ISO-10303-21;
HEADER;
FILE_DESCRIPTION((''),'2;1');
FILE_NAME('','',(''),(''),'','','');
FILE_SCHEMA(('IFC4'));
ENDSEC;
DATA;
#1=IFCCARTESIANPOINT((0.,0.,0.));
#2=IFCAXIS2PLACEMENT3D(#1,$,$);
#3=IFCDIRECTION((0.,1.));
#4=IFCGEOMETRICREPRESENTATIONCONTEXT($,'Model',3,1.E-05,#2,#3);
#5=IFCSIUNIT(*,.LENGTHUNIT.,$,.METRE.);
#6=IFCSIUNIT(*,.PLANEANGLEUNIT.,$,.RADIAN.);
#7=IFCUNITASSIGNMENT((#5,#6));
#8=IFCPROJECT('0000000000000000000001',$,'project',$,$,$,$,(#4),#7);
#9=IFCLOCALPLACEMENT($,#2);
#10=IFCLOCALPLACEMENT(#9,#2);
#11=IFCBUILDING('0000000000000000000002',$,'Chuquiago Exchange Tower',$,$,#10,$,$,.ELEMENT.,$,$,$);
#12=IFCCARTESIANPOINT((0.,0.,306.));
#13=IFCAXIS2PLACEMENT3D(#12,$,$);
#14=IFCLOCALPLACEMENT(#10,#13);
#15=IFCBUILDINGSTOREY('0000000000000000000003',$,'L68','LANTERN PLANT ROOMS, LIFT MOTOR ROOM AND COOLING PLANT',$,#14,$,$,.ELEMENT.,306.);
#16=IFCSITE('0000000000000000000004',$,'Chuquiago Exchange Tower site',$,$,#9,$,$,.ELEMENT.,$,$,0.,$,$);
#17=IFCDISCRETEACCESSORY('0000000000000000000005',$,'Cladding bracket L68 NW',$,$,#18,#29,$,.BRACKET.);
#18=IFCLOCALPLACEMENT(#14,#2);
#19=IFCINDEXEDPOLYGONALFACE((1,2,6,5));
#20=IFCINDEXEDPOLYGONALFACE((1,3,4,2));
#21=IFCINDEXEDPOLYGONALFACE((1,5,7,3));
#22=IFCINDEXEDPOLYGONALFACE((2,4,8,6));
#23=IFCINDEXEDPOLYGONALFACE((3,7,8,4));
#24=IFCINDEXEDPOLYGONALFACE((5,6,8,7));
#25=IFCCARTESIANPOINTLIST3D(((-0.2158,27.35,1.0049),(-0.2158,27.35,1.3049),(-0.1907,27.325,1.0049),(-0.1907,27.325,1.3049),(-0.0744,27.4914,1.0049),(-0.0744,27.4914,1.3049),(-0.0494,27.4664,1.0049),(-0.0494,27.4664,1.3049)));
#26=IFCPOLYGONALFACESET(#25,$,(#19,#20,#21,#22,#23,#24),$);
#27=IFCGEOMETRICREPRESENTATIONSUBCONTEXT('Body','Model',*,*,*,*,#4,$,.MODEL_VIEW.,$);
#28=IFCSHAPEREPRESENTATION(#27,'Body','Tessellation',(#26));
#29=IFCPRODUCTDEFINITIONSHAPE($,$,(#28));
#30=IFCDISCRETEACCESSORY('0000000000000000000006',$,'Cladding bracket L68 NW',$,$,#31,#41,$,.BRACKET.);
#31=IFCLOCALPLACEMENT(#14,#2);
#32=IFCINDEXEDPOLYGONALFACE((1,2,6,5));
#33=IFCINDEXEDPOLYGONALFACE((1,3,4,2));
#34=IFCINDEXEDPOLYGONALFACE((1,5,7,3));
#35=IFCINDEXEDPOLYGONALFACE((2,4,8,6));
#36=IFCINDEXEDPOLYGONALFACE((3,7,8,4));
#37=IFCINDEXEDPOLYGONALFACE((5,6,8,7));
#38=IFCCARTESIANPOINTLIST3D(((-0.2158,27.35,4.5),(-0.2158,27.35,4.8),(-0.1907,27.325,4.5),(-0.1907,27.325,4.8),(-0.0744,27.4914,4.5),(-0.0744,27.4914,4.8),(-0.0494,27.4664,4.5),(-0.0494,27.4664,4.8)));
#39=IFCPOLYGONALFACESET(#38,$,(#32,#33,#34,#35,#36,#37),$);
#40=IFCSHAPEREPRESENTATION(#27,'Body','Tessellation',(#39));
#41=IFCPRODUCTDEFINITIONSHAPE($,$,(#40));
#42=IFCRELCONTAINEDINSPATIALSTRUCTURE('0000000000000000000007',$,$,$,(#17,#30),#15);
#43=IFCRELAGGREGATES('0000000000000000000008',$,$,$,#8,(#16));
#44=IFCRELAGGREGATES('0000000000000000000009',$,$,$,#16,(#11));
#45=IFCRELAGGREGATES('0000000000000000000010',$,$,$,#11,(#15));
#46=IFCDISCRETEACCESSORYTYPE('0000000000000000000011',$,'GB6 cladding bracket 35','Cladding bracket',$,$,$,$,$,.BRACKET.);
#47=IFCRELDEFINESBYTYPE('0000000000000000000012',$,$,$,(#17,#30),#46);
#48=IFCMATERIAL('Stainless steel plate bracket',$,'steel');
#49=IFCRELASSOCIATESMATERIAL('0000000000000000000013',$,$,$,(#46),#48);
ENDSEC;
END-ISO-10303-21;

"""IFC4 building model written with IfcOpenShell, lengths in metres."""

from ifc_helpers import new_model, si_unit, direction, frame, origin, origin_2d, place, context, subcontext, project, spatial, rectangle, extrude, material, type_object, element, save


model = new_model("IFC4")

# Units and contexts
model_context = context("Model", 3, precision=1e-05, world=origin(), true_north=direction((0.0, 1.0)))
body_context = subcontext(model_context, "Body", "Model", "MODEL_VIEW")
ifc_project = project(units=[si_unit("LENGTHUNIT", "METRE"), si_unit("PLANEANGLEUNIT", "RADIAN")], contexts=[model_context])

# Site, building, storey
site_placement = place(None, origin())
site = spatial("IfcSite", under=ifc_project, at=site_placement, Name="Chuquiago Exchange Tower site", CompositionType="ELEMENT", RefElevation=0.0)
building_placement = place(site_placement, origin())
building = spatial("IfcBuilding", under=site, at=building_placement, Name="Chuquiago Exchange Tower", CompositionType="ELEMENT")
storey_placement = place(building_placement, frame((0.0, 0.0, 306.0)))
storey = spatial("IfcBuildingStorey", under=building, at=storey_placement, Name="L68", Description="LANTERN PLANT ROOMS, LIFT MOTOR ROOM AND COOLING PLANT", CompositionType="ELEMENT", Elevation=306.0)

# Discrete accessories
ifc_material_1 = material(Name="Stainless steel plate bracket", Category="steel")
discrete_accessory_type_1 = type_object("IfcDiscreteAccessoryType", Name="GB6 cladding bracket 35", Description="Cladding bracket", PredefinedType="BRACKET", material=ifc_material_1)
for number, where, z_axis, x_axis, name in (
    (1, (-0.1326, 27.4082, 1.0049), (0.0, 0.0, 1.0), (-0.707107, -0.707107, 0.0), "Cladding bracket L68 NW"),
    (2, (-0.1326, 27.4082, 4.5), (0.0, 0.0, 1.0), (-0.707107, -0.707107, 0.0), "Cladding bracket L68 NW"),
):
    element("IfcDiscreteAccessory", number, at=place(storey_placement, frame(where, z_axis=z_axis, x_axis=x_axis)), inside=storey, type_object=discrete_accessory_type_1, Name=name, PredefinedType="BRACKET", context=body_context, shape_type="SweptSolid", body=[
        extrude(rectangle(XDim=0.2, YDim=0.0354, at=origin_2d()), origin(), (0.0, 0.0, 1.0), 0.3),
    ])

save(model, "model.ifc")
